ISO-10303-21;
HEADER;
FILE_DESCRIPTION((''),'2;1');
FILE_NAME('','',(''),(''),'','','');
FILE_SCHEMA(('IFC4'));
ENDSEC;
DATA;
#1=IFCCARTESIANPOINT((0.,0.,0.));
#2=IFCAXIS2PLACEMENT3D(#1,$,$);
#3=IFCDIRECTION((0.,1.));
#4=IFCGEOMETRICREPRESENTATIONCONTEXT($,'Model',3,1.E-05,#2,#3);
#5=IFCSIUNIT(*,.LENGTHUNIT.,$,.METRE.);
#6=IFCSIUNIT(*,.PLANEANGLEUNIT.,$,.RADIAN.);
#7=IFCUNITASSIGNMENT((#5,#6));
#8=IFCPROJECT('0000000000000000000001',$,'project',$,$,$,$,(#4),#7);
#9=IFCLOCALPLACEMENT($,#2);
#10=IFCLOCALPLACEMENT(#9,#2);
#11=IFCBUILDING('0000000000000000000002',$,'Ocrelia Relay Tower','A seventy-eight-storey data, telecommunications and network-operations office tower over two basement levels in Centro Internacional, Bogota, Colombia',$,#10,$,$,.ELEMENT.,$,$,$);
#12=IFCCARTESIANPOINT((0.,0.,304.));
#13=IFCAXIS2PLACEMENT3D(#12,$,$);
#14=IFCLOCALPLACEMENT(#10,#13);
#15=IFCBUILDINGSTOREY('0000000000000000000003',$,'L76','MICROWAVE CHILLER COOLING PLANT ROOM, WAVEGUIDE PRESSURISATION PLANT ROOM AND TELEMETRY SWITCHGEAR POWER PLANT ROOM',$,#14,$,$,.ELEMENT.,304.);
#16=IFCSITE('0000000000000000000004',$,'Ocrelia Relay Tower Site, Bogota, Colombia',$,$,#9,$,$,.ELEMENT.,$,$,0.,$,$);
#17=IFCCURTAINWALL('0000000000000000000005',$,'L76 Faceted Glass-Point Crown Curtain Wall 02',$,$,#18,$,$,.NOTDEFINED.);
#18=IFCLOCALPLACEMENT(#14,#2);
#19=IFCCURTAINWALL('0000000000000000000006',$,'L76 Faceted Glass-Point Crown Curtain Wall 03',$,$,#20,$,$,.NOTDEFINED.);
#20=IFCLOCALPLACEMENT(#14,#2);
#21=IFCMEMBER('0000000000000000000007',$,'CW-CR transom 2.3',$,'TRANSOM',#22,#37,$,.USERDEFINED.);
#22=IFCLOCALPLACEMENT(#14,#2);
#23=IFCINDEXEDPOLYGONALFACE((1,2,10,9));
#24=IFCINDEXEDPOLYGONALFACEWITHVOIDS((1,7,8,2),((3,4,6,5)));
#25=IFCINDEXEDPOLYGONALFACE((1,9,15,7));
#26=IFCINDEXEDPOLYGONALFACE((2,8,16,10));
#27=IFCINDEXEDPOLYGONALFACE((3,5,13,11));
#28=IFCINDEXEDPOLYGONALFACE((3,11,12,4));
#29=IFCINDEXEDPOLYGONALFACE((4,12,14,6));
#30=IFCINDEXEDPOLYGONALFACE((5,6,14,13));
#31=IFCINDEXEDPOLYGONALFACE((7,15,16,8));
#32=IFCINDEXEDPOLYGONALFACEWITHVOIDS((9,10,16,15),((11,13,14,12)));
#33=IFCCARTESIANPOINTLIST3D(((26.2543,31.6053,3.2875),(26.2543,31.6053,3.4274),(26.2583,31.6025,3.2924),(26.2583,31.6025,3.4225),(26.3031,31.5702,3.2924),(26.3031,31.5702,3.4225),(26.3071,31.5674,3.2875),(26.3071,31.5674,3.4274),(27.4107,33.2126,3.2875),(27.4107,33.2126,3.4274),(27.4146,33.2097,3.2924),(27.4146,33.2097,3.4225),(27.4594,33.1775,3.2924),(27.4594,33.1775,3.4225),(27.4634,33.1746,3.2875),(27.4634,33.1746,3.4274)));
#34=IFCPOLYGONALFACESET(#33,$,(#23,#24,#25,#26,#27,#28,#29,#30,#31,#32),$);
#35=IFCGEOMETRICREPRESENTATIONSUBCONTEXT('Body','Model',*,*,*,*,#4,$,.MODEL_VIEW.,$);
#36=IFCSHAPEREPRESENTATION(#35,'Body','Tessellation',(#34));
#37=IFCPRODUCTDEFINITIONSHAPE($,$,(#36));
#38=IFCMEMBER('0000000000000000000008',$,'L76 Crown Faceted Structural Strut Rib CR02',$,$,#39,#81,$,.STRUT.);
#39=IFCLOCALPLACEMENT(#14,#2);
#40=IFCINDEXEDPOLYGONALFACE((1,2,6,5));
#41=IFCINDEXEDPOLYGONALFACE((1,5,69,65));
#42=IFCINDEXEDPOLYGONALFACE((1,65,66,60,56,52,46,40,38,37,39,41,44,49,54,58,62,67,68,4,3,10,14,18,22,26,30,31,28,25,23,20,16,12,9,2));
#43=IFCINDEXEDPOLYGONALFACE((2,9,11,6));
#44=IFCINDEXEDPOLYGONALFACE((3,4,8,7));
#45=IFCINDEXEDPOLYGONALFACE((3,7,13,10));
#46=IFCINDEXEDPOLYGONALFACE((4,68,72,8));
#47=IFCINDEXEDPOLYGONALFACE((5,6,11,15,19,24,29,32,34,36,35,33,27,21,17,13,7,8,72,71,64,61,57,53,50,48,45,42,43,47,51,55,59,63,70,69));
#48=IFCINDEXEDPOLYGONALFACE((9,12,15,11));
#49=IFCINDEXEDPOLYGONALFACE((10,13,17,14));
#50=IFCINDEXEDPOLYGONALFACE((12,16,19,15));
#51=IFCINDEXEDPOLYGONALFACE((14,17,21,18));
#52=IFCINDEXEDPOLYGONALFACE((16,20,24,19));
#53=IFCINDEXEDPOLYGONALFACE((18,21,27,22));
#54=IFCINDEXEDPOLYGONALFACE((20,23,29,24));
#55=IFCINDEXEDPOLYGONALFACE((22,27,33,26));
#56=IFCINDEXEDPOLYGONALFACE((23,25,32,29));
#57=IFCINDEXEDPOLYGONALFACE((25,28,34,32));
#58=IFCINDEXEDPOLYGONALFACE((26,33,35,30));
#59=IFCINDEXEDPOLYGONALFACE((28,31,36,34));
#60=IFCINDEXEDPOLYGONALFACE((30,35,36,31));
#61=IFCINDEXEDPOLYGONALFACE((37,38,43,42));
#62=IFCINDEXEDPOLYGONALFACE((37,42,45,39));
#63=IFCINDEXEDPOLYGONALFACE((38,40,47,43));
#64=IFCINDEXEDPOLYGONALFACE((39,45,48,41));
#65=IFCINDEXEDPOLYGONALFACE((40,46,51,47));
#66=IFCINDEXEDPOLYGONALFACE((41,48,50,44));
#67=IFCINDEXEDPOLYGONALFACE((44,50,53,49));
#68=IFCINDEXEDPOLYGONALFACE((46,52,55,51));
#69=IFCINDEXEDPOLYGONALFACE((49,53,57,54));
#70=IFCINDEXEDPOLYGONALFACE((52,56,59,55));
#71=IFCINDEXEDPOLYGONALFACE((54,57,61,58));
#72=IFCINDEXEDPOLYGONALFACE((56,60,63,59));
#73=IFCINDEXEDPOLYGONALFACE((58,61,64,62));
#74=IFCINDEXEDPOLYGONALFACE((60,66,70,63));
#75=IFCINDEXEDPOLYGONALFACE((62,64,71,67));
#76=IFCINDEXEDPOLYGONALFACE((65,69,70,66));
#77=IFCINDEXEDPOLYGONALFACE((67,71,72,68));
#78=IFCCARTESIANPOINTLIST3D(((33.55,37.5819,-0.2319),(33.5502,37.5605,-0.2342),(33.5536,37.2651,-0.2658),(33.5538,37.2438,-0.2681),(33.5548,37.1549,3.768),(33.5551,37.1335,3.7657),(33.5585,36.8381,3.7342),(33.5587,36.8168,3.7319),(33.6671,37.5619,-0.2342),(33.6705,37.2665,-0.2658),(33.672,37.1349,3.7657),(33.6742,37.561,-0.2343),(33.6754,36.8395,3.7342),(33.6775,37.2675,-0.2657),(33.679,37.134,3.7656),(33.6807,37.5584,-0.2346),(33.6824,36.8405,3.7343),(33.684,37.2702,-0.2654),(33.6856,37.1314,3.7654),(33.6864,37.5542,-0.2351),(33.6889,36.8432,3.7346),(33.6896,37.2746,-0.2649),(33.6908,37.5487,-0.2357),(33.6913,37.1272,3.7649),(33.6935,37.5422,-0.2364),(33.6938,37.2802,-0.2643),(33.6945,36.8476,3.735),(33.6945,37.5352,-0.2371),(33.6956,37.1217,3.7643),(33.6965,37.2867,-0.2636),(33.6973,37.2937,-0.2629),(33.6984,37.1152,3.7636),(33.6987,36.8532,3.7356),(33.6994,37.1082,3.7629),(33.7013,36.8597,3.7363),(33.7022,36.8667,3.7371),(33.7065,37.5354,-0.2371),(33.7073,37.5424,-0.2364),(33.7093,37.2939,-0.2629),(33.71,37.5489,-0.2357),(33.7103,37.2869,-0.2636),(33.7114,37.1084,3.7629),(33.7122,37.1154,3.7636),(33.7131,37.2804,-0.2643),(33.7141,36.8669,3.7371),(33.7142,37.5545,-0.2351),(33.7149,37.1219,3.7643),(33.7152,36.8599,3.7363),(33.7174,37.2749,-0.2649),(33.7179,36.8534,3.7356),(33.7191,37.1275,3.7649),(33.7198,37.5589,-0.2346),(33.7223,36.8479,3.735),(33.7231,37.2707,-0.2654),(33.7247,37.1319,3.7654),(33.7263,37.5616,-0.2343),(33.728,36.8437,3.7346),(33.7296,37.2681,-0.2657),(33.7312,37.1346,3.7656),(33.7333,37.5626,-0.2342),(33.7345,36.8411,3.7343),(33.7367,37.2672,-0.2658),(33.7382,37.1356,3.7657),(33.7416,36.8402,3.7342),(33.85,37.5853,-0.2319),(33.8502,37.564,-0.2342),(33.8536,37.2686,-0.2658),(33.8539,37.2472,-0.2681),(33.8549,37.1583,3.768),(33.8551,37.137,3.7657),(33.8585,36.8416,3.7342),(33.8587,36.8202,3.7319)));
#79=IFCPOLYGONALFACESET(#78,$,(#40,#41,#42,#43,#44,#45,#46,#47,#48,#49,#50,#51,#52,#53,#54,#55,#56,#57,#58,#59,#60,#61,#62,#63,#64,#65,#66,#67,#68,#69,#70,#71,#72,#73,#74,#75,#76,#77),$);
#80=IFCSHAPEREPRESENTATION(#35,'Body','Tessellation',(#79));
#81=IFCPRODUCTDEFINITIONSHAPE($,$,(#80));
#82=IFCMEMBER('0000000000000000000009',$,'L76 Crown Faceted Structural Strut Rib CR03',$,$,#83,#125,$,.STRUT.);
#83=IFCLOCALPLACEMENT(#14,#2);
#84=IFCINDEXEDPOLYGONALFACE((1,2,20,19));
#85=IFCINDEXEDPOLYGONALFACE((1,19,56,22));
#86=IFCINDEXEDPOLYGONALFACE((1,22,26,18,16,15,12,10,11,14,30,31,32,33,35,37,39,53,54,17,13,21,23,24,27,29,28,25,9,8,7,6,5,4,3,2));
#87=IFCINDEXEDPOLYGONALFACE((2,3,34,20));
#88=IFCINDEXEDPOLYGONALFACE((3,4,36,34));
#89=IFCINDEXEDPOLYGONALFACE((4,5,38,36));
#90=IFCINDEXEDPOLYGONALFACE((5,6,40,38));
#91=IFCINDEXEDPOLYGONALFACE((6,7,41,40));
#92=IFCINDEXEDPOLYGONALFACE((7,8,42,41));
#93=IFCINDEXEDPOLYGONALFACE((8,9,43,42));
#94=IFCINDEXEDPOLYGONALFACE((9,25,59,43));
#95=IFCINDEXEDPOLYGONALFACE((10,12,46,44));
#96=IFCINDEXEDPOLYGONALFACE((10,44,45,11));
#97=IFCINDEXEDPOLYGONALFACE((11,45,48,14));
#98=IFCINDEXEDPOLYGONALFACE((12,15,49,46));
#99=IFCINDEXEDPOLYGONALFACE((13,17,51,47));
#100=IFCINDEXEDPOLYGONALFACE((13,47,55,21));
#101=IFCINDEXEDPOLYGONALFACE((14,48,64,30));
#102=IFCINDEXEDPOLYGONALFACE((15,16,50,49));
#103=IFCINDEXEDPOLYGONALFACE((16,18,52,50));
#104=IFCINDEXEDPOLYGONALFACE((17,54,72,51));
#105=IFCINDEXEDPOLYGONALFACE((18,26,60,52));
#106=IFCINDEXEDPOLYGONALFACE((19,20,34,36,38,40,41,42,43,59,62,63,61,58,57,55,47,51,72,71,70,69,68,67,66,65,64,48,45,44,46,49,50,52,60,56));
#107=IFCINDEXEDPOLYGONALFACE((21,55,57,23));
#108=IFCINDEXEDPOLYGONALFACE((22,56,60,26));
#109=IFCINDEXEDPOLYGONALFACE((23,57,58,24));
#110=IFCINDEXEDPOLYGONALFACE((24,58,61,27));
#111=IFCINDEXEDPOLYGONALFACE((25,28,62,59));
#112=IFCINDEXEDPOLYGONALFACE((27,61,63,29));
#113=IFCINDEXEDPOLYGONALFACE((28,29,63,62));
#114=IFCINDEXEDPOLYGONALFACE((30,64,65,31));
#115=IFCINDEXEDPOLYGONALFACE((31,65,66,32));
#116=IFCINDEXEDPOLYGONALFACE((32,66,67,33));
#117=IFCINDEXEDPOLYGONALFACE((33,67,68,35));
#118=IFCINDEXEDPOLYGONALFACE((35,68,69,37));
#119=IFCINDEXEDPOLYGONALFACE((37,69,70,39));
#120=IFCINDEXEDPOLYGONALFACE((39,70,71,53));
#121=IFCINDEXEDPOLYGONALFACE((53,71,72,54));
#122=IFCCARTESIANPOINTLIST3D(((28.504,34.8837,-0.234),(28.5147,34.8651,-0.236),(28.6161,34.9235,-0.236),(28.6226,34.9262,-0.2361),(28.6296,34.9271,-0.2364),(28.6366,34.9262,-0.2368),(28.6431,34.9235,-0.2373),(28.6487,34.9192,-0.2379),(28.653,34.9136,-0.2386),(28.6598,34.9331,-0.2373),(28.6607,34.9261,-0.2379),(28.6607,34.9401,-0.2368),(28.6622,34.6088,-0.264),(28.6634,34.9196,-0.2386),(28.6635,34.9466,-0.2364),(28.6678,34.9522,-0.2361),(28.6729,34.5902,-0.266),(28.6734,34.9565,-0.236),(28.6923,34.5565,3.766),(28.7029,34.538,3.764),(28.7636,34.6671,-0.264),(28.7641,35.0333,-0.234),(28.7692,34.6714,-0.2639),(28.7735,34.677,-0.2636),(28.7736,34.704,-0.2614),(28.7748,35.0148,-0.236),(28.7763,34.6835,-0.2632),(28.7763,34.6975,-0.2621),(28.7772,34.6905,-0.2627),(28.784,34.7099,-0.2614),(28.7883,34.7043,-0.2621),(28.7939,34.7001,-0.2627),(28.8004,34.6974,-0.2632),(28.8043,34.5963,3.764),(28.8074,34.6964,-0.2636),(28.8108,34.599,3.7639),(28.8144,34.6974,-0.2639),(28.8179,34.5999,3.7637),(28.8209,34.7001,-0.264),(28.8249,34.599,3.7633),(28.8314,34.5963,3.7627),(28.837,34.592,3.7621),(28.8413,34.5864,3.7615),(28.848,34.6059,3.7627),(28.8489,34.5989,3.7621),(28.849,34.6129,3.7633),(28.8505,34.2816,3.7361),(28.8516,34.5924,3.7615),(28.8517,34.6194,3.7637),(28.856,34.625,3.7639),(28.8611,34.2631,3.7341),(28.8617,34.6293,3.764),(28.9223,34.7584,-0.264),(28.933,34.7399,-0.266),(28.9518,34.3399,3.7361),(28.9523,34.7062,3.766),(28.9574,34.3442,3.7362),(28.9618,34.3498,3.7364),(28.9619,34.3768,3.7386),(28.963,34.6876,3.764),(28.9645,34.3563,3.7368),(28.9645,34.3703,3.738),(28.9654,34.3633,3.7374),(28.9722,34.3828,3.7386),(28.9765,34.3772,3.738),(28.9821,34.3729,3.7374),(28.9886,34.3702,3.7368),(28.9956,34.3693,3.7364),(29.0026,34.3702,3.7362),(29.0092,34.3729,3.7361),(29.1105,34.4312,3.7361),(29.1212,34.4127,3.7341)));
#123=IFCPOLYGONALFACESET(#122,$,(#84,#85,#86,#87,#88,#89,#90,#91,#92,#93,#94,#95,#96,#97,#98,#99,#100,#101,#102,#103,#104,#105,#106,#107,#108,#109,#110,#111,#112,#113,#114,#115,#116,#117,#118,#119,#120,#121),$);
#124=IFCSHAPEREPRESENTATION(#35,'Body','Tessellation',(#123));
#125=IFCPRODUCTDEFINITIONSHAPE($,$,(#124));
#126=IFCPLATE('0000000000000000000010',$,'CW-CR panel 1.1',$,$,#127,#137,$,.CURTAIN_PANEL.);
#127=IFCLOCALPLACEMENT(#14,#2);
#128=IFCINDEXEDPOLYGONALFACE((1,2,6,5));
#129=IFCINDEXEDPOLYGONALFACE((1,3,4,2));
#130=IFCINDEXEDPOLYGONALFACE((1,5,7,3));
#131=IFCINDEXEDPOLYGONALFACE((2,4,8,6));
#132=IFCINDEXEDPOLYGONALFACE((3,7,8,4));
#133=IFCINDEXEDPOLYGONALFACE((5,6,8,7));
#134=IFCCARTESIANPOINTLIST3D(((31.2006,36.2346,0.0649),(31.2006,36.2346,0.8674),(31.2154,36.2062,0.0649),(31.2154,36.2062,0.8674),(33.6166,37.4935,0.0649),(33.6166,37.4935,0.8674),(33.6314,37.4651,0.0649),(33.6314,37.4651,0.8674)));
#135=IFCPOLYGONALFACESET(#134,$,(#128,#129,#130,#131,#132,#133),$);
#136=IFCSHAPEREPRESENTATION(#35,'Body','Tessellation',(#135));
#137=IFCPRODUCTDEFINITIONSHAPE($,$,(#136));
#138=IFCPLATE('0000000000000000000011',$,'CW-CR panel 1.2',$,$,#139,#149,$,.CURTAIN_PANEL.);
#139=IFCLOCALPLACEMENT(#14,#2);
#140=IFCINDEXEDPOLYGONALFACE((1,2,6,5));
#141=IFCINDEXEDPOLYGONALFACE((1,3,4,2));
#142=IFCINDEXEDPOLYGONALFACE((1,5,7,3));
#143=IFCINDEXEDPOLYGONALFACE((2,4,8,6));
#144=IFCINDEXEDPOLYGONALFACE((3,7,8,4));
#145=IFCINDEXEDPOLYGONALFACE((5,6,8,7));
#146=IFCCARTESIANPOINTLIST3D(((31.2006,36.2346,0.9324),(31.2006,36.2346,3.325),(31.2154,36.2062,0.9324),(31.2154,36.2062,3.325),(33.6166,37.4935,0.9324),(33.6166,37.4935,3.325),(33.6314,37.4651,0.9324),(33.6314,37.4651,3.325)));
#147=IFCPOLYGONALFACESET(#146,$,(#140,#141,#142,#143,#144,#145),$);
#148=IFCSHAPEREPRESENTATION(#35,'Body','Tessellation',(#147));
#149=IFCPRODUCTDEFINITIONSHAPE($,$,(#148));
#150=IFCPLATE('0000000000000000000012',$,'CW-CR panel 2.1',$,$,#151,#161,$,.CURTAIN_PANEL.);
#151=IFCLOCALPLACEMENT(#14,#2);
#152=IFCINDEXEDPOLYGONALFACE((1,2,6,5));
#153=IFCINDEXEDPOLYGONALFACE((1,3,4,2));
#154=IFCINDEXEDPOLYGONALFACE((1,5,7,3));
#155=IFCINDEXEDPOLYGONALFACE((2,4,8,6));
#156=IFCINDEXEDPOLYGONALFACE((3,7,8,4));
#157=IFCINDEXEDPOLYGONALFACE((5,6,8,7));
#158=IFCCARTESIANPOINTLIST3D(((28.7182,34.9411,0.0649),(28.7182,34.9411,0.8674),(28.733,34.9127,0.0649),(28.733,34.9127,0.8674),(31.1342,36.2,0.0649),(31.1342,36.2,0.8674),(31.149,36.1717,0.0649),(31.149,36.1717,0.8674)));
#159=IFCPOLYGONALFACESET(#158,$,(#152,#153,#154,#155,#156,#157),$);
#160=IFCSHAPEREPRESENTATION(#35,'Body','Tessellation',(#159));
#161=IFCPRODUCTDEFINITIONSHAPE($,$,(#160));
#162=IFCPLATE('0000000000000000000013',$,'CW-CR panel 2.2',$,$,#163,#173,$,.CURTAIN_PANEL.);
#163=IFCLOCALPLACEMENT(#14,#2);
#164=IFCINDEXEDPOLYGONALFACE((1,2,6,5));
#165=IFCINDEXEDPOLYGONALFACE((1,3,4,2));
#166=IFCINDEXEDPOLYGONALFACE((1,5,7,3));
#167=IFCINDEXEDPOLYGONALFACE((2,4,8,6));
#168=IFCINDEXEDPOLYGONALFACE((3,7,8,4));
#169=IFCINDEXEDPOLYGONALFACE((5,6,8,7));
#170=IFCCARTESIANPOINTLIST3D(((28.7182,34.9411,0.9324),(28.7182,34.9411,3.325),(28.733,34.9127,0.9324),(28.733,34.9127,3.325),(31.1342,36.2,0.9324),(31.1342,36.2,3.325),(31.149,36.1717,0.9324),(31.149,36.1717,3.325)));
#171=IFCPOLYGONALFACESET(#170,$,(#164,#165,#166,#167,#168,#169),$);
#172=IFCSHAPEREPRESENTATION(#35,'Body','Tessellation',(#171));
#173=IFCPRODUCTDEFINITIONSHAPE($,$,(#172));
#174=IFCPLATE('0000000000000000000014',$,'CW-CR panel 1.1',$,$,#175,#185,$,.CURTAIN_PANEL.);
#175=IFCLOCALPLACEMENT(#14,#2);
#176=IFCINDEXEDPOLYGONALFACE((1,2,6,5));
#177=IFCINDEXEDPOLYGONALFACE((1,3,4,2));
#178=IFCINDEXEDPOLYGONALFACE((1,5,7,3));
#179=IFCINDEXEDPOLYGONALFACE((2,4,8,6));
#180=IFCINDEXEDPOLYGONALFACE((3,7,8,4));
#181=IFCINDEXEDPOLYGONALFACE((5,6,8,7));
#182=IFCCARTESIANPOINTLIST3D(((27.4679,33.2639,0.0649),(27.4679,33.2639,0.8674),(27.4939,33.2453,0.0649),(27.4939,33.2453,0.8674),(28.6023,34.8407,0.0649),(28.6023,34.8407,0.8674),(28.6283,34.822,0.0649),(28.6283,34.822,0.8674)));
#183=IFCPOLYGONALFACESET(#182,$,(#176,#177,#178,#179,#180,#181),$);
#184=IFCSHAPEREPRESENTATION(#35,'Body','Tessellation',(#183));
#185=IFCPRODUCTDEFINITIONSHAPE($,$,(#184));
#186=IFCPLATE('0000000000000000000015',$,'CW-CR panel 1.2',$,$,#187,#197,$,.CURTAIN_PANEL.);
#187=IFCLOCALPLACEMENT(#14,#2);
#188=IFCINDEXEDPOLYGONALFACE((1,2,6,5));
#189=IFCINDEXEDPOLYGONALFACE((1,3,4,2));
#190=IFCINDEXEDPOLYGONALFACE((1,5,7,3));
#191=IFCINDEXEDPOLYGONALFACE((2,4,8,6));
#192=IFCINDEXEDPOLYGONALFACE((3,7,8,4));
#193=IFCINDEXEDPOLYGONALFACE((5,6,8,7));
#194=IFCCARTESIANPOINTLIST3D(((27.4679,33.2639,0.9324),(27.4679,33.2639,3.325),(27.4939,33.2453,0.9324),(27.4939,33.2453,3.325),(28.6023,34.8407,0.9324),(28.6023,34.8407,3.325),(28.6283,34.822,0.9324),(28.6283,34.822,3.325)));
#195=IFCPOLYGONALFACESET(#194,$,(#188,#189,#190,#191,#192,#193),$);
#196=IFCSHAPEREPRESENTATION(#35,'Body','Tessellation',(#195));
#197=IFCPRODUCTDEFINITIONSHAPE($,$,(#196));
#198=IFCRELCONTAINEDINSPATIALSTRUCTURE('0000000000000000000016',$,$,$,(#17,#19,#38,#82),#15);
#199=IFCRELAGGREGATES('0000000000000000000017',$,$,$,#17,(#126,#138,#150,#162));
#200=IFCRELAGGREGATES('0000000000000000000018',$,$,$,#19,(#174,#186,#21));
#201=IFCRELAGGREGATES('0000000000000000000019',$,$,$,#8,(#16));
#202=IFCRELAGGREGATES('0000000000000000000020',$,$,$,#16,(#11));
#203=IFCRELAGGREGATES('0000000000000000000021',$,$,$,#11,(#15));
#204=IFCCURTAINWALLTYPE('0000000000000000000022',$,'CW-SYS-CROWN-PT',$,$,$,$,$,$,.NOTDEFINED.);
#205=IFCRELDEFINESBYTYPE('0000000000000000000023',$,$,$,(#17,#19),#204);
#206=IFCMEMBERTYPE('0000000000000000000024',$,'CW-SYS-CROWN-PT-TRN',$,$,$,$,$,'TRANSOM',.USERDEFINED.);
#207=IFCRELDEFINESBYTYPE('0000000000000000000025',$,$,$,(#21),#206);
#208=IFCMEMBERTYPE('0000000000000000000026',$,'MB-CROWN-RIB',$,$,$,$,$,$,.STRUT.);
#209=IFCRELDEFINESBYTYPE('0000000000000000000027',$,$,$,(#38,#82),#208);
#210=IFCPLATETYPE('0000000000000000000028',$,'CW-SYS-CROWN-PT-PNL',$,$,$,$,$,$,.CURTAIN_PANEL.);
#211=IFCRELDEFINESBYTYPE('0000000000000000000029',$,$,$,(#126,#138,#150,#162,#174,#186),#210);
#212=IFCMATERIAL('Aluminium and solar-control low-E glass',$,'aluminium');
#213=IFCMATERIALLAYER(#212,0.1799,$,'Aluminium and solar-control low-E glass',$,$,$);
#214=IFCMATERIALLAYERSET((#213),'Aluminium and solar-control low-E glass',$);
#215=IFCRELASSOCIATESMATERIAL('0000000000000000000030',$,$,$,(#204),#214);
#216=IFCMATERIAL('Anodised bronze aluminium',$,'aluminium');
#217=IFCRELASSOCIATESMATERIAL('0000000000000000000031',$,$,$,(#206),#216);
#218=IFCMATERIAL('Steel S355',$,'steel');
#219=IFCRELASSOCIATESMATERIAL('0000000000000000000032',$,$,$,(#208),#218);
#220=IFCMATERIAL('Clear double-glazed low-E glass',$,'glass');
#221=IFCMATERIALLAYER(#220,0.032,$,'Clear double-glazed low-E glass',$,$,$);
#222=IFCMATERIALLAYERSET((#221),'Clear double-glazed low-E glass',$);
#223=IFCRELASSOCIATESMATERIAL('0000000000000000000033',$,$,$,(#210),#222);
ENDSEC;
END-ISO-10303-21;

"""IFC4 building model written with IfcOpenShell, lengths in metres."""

from ifc_helpers import new_model, si_unit, direction, frame, origin, origin_2d, place, context, subcontext, project, spatial, rectangle, hollow_rectangle, i_section, extrude, material, layer, layer_set, material_profile, profile_set, type_object, element, aggregate, save


model = new_model("IFC4")

# Units and contexts
model_context = context("Model", 3, precision=1e-05, world=origin(), true_north=direction((0.0, 1.0)))
body_context = subcontext(model_context, "Body", "Model", "MODEL_VIEW")
ifc_project = project(units=[si_unit("LENGTHUNIT", "METRE"), si_unit("PLANEANGLEUNIT", "RADIAN")], contexts=[model_context])

# Site, building, storey
site_placement = place(None, origin())
site = spatial("IfcSite", under=ifc_project, at=site_placement, Name="Ocrelia Relay Tower Site, Bogota, Colombia", CompositionType="ELEMENT", RefElevation=0.0)
building_placement = place(site_placement, origin())
building = spatial("IfcBuilding", under=site, at=building_placement, Name="Ocrelia Relay Tower", Description="A seventy-eight-storey data, telecommunications and network-operations office tower over two basement levels in Centro Internacional, Bogota, Colombia", CompositionType="ELEMENT")
storey_placement = place(building_placement, frame((0.0, 0.0, 304.0)))
storey = spatial("IfcBuildingStorey", under=building, at=storey_placement, Name="L76", Description="MICROWAVE CHILLER COOLING PLANT ROOM, WAVEGUIDE PRESSURISATION PLANT ROOM AND TELEMETRY SWITCHGEAR POWER PLANT ROOM", CompositionType="ELEMENT", Elevation=304.0)

# Shared definitions
ifc_material_1 = material(Name="Steel S355", Category="steel")

# Shared definitions
ifc_material_2 = material(Name="Aluminium and solar-control low-E glass", Category="aluminium")
ifc_layer_1 = layer(ifc_material_2, 0.1799, Name="Aluminium and solar-control low-E glass")
ifc_layer_set_1 = layer_set([ifc_layer_1], Name="Aluminium and solar-control low-E glass")
curtain_wall_type = type_object("IfcCurtainWallType", Name="CW-SYS-CROWN-PT", PredefinedType="NOTDEFINED", material=ifc_layer_set_1)
ifc_material_3 = material(Name="Anodised bronze aluminium", Category="aluminium")

# Curtain walls
curtain_wall_1_placement = place(storey_placement, origin())
curtain_wall_1 = element("IfcCurtainWall", 1, at=curtain_wall_1_placement, inside=storey, type_object=curtain_wall_type, Name="L76 Faceted Glass-Point Crown Curtain Wall 02", PredefinedType="NOTDEFINED")
curtain_wall_2_placement = place(storey_placement, origin())
curtain_wall_2 = element("IfcCurtainWall", 2, at=curtain_wall_2_placement, inside=storey, type_object=curtain_wall_type, Name="L76 Faceted Glass-Point Crown Curtain Wall 03", PredefinedType="NOTDEFINED")

# Member
ifc_material_profile_1 = material_profile(ifc_material_3, hollow_rectangle(XDim=0.0649, YDim=0.1399, WallThickness=0.0049, at=origin_2d()), Name="CW-TRN-140x65")
ifc_profile_set_1 = profile_set([ifc_material_profile_1], Name="Anodised bronze aluminium")
member_type_1 = type_object("IfcMemberType", Name="CW-SYS-CROWN-PT-TRN", ElementType="TRANSOM", PredefinedType="USERDEFINED", material=ifc_profile_set_1)
member_1_placement = place(storey_placement, frame((27.437, 33.1936, 3.3574), z_axis=(-0.583999, -0.811754, 0.0), x_axis=(0.811754, -0.583999, 0.0)))
member_1 = element("IfcMember", 3, at=member_1_placement, type_object=member_type_1, Name="CW-CR transom 2.3", ObjectType="TRANSOM", PredefinedType="USERDEFINED", context=body_context, shape_type="SweptSolid", body=[
    extrude(hollow_rectangle(XDim=0.0649, YDim=0.1399, WallThickness=0.0049, at=origin_2d()), origin(), (0.0, 0.0, 1.0), 1.98),
])

# Members
ifc_material_profile_2 = material_profile(ifc_material_1, i_section(OverallWidth=0.3, OverallDepth=0.3401, WebThickness=0.012, FlangeThickness=0.0215, FilletRadius=0.0271, at=origin_2d()), Name="HEB 340")
ifc_profile_set_2 = profile_set([ifc_material_profile_2], Name="Steel S355")
member_type_2 = type_object("IfcMemberType", Name="MB-CROWN-RIB", PredefinedType="STRUT", material=ifc_profile_set_2)
member_2_placement = place(storey_placement, frame((33.7019, 37.4146, -0.25), z_axis=(0.001214, -0.106147, 0.99435), x_axis=(0.999935, 0.011434, 0.0)))
element("IfcMember", 4, at=member_2_placement, inside=storey, type_object=member_type_2, Name="L76 Crown Faceted Structural Strut Rib CR02", PredefinedType="STRUT", context=body_context, shape_type="SweptSolid", body=[
    extrude(i_section(OverallWidth=0.3, OverallDepth=0.3401, WebThickness=0.012, FlangeThickness=0.0215, FilletRadius=0.0271, at=origin_2d()), origin(), (0.0, 0.0, 1.0), 4.0227),
])
member_3_placement = place(storey_placement, frame((28.7185, 34.8118, -0.25), z_axis=(0.04685, -0.081425, 0.995578), x_axis=(0.866767, 0.498714, 0.0)))
element("IfcMember", 5, at=member_3_placement, inside=storey, type_object=member_type_2, Name="L76 Crown Faceted Structural Strut Rib CR03", PredefinedType="STRUT", context=body_context, shape_type="SweptSolid", body=[
    extrude(i_section(OverallWidth=0.3, OverallDepth=0.3401, WebThickness=0.012, FlangeThickness=0.0215, FilletRadius=0.0271, at=origin_2d()), origin(), (0.0, 0.0, 1.0), 4.0178),
])

# Plates
ifc_material_4 = material(Name="Clear double-glazed low-E glass", Category="glass")
ifc_layer_2 = layer(ifc_material_4, 0.032, Name="Clear double-glazed low-E glass")
ifc_layer_set_2 = layer_set([ifc_layer_2], Name="Clear double-glazed low-E glass")
plate_type = type_object("IfcPlateType", Name="CW-SYS-CROWN-PT-PNL", PredefinedType="CURTAIN_PANEL", material=ifc_layer_set_2)
plate_1_placement = place(storey_placement, frame((32.416, 36.8499, 0.0649), z_axis=(0.0, 0.0, 1.0), x_axis=(-0.886825, -0.462105, 0.0)))
plate_1 = element("IfcPlate", 6, at=plate_1_placement, type_object=plate_type, Name="CW-CR panel 1.1", PredefinedType="CURTAIN_PANEL", context=body_context, shape_type="SweptSolid", body=[
    extrude(rectangle(XDim=2.7244, YDim=0.032, at=origin_2d()), origin(), (0.0, 0.0, 1.0), 0.8025),
])
plate_2_placement = place(storey_placement, frame((32.416, 36.8499, 0.9324), z_axis=(0.0, 0.0, 1.0), x_axis=(-0.886825, -0.462105, 0.0)))
plate_2 = element("IfcPlate", 7, at=plate_2_placement, type_object=plate_type, Name="CW-CR panel 1.2", PredefinedType="CURTAIN_PANEL", context=body_context, shape_type="SweptSolid", body=[
    extrude(rectangle(XDim=2.7244, YDim=0.032, at=origin_2d()), origin(), (0.0, 0.0, 1.0), 2.3926),
])
plate_3_placement = place(storey_placement, frame((29.9336, 35.5564, 0.0649), z_axis=(0.0, 0.0, 1.0), x_axis=(-0.886825, -0.462105, 0.0)))
plate_3 = element("IfcPlate", 8, at=plate_3_placement, type_object=plate_type, Name="CW-CR panel 2.1", PredefinedType="CURTAIN_PANEL", context=body_context, shape_type="SweptSolid", body=[
    extrude(rectangle(XDim=2.7244, YDim=0.032, at=origin_2d()), origin(), (0.0, 0.0, 1.0), 0.8025),
])
plate_4_placement = place(storey_placement, frame((29.9336, 35.5564, 0.9324), z_axis=(0.0, 0.0, 1.0), x_axis=(-0.886825, -0.462105, 0.0)))
plate_4 = element("IfcPlate", 9, at=plate_4_placement, type_object=plate_type, Name="CW-CR panel 2.2", PredefinedType="CURTAIN_PANEL", context=body_context, shape_type="SweptSolid", body=[
    extrude(rectangle(XDim=2.7244, YDim=0.032, at=origin_2d()), origin(), (0.0, 0.0, 1.0), 2.3926),
])
aggregate(curtain_wall_1, [plate_1, plate_2, plate_3, plate_4])
plate_5_placement = place(storey_placement, frame((28.0481, 34.043, 0.0649), z_axis=(0.0, 0.0, 1.0), x_axis=(-0.583998, -0.811755, 0.0)))
plate_5 = element("IfcPlate", 10, at=plate_5_placement, type_object=plate_type, Name="CW-CR panel 1.1", PredefinedType="CURTAIN_PANEL", context=body_context, shape_type="SweptSolid", body=[
    extrude(rectangle(XDim=1.9424, YDim=0.032, at=origin_2d()), origin(), (0.0, 0.0, 1.0), 0.8025),
])
plate_6_placement = place(storey_placement, frame((28.0481, 34.043, 0.9324), z_axis=(0.0, 0.0, 1.0), x_axis=(-0.583998, -0.811755, 0.0)))
plate_6 = element("IfcPlate", 11, at=plate_6_placement, type_object=plate_type, Name="CW-CR panel 1.2", PredefinedType="CURTAIN_PANEL", context=body_context, shape_type="SweptSolid", body=[
    extrude(rectangle(XDim=1.9424, YDim=0.032, at=origin_2d()), origin(), (0.0, 0.0, 1.0), 2.3926),
])
aggregate(curtain_wall_2, [plate_5, plate_6, member_1])

save(model, "model.ifc")
